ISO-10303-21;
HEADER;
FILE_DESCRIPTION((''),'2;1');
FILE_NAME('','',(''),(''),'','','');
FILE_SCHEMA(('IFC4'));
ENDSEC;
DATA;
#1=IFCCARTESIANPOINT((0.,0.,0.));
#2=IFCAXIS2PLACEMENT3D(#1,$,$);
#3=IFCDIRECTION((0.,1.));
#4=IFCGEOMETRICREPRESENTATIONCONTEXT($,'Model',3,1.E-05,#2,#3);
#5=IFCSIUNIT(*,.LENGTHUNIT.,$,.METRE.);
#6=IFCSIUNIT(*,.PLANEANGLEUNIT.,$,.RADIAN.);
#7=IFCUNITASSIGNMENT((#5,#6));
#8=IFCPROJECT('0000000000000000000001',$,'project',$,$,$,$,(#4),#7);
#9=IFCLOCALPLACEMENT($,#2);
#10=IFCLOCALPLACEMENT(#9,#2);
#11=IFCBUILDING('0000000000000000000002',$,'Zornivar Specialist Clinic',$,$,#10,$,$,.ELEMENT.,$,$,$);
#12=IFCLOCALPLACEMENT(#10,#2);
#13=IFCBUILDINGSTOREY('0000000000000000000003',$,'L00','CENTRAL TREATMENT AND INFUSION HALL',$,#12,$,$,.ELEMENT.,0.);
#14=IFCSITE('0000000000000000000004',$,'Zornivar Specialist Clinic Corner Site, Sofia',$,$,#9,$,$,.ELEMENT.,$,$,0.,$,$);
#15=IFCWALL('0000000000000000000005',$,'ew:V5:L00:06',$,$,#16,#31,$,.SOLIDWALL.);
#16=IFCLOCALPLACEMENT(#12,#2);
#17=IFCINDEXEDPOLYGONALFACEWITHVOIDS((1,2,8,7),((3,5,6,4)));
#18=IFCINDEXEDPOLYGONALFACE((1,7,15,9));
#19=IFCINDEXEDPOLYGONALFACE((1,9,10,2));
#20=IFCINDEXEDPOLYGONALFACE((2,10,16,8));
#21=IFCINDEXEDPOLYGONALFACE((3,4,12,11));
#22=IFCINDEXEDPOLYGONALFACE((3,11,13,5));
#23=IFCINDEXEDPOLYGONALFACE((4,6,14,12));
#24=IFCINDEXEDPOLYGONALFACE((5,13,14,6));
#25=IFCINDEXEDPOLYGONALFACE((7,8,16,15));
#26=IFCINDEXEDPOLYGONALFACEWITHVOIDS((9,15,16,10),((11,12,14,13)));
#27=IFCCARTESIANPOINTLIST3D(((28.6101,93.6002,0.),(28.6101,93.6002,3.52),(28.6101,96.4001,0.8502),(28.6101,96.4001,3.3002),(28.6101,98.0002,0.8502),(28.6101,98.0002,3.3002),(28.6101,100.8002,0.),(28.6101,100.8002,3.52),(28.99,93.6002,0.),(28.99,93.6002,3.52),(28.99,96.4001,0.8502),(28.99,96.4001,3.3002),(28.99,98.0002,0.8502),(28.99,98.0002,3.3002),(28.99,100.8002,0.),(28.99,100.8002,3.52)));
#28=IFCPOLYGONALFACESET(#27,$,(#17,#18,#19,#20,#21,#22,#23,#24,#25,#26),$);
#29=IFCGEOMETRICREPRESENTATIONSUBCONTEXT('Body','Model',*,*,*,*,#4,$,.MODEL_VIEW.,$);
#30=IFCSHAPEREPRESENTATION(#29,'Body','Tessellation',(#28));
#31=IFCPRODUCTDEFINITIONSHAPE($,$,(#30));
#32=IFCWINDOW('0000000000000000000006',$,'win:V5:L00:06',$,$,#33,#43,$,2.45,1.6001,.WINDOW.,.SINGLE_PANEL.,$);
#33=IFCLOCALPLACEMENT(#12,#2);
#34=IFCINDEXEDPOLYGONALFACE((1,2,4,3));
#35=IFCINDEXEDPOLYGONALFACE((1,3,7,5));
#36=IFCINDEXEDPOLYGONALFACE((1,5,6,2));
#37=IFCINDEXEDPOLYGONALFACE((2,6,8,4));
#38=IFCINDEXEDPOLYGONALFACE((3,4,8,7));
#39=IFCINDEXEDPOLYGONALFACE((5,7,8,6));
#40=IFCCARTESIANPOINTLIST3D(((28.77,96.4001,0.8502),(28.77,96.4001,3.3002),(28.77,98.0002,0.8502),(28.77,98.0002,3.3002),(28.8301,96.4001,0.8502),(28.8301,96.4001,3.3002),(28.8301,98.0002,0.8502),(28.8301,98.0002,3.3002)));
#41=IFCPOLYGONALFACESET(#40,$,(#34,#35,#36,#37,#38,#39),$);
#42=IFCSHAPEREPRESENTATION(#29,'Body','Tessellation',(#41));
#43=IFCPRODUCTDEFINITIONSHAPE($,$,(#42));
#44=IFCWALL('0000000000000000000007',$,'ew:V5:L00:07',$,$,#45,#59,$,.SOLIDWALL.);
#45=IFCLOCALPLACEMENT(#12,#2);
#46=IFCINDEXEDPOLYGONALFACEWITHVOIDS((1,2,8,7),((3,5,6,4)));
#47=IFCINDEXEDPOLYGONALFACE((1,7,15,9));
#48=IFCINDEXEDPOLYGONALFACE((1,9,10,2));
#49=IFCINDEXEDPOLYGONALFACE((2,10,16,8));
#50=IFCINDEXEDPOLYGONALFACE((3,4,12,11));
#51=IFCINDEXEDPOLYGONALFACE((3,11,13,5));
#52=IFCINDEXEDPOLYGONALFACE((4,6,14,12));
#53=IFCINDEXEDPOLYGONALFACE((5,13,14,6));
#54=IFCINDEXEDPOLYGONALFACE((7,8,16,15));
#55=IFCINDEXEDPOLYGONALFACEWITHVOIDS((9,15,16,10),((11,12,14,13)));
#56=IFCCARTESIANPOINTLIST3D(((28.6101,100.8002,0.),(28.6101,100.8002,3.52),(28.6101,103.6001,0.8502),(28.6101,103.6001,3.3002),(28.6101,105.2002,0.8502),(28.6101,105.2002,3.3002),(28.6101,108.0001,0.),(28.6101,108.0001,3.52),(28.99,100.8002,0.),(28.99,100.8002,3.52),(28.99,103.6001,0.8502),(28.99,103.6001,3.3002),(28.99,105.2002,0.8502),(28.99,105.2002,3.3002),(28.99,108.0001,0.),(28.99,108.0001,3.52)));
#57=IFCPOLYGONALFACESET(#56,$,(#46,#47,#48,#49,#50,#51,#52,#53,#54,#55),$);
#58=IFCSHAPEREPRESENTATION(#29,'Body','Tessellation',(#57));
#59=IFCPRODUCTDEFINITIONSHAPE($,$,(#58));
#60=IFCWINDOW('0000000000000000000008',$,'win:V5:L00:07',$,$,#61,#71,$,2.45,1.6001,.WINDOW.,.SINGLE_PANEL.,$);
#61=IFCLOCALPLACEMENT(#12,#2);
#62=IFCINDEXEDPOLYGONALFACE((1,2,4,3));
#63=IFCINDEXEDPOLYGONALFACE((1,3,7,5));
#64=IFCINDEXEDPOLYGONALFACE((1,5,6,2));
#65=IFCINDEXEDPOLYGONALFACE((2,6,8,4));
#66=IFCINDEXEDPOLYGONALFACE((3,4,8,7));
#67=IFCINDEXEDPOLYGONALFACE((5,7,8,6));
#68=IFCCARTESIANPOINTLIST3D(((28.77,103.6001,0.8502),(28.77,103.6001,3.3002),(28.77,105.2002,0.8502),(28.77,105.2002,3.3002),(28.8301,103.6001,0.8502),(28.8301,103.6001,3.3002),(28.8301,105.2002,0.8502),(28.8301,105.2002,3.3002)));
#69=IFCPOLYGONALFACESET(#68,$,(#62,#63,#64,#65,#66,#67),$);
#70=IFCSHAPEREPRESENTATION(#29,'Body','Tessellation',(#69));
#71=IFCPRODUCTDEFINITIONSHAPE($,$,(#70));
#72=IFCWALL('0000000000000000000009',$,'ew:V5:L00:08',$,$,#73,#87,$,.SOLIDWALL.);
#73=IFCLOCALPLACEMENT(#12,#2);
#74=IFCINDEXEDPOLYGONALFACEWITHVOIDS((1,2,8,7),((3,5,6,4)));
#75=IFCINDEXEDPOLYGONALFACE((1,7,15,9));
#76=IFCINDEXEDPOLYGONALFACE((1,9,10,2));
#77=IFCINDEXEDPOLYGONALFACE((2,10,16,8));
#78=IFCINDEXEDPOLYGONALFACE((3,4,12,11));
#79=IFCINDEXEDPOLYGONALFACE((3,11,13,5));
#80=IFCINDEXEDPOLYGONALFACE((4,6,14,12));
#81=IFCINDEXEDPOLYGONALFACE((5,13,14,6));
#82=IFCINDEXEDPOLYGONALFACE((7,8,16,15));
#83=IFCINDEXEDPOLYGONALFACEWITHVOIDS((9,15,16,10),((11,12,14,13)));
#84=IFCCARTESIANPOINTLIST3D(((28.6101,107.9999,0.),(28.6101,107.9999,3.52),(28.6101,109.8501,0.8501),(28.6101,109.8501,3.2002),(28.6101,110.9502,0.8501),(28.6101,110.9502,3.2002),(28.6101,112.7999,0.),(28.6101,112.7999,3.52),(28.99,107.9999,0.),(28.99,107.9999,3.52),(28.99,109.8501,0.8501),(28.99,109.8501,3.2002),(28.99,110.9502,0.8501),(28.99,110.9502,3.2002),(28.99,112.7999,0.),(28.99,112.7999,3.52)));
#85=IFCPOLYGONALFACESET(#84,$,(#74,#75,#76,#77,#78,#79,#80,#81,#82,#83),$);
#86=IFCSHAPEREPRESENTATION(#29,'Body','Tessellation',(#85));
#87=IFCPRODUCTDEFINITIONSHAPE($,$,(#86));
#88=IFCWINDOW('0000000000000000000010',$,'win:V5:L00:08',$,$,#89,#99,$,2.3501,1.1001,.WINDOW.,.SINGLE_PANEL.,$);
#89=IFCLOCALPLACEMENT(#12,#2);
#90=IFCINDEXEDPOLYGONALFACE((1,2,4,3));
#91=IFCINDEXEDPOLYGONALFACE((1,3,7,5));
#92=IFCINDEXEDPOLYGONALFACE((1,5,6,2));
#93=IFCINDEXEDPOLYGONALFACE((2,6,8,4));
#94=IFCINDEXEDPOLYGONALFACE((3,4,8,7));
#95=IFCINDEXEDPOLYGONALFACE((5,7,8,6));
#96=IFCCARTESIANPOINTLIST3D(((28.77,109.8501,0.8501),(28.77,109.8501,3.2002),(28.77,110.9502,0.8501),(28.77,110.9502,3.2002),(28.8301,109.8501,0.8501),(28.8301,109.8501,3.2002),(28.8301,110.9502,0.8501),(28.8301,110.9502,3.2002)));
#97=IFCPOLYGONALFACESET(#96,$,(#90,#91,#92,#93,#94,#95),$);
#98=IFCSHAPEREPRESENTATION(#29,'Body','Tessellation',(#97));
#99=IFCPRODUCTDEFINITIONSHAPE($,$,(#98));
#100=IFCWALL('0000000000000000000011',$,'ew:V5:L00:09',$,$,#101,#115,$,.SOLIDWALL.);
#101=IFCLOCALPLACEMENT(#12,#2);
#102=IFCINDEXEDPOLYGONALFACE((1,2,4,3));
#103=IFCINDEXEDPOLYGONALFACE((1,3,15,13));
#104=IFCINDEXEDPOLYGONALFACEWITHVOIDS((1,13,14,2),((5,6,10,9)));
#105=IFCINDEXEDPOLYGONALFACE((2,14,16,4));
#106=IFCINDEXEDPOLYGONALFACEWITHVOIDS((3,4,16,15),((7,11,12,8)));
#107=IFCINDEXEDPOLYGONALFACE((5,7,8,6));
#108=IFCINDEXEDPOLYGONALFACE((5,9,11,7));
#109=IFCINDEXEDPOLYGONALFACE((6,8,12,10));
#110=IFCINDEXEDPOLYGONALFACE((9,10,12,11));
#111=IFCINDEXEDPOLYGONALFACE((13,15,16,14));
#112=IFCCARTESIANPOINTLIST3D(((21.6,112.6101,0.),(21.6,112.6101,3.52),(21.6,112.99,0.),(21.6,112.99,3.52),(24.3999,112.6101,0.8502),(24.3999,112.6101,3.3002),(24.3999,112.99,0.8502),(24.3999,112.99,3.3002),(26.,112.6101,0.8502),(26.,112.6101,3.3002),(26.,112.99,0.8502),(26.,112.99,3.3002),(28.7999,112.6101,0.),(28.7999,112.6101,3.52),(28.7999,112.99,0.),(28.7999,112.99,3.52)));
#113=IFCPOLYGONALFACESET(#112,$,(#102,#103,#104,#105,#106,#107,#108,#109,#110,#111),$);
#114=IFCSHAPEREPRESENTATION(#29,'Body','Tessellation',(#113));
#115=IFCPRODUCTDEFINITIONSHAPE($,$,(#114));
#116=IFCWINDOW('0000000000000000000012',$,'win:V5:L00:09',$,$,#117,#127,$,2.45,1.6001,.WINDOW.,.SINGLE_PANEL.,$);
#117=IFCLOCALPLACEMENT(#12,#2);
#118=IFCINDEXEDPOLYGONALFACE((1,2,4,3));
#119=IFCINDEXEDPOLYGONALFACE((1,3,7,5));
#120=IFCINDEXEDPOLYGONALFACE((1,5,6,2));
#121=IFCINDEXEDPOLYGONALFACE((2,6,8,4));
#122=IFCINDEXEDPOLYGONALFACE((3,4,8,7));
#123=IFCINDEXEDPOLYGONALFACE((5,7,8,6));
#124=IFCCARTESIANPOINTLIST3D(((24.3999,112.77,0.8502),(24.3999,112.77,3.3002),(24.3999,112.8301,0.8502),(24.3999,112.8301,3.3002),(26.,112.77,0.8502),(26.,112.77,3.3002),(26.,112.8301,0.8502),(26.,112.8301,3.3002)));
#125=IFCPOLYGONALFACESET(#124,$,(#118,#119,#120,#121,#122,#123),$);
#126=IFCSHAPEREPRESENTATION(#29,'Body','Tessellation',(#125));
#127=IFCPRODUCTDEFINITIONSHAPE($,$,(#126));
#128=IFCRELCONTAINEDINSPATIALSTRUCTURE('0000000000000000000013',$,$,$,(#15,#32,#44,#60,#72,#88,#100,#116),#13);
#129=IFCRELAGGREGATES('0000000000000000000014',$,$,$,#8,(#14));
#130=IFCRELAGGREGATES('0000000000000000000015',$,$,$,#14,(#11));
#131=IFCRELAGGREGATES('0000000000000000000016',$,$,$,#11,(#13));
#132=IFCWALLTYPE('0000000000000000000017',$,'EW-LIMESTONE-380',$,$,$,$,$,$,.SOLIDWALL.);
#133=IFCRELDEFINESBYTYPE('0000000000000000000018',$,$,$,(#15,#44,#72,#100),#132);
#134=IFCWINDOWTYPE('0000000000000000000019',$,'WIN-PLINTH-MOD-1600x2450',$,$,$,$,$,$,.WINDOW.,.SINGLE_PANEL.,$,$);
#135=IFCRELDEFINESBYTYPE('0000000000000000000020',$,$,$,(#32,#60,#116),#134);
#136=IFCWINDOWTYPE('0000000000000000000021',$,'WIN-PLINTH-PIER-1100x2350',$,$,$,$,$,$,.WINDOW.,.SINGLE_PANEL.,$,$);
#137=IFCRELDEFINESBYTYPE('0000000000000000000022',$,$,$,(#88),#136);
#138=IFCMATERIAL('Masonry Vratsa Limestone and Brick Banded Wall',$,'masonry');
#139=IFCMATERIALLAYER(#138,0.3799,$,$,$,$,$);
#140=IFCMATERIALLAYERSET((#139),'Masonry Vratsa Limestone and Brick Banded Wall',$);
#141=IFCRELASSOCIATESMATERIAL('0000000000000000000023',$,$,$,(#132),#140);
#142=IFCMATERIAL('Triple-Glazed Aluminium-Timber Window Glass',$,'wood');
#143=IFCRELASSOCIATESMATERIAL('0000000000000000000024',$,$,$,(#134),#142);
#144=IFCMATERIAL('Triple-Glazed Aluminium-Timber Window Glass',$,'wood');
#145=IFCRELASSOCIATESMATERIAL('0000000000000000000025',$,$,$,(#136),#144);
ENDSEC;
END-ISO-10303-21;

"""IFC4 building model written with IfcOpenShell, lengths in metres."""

from ifc_helpers import new_model, si_unit, direction, frame, frame_2d, origin, place, context, subcontext, project, spatial, rectangle, extrude, material, layer, layer_set, type_object, element, fill, save


model = new_model("IFC4")

# Units and contexts
model_context = context("Model", 3, precision=1e-05, world=origin(), true_north=direction((0.0, 1.0)))
body_context = subcontext(model_context, "Body", "Model", "MODEL_VIEW")
ifc_project = project(units=[si_unit("LENGTHUNIT", "METRE"), si_unit("PLANEANGLEUNIT", "RADIAN")], contexts=[model_context])

# Site, building, storey
site_placement = place(None, origin())
site = spatial("IfcSite", under=ifc_project, at=site_placement, Name="Zornivar Specialist Clinic Corner Site, Sofia", CompositionType="ELEMENT", RefElevation=0.0)
building_placement = place(site_placement, origin())
building = spatial("IfcBuilding", under=site, at=building_placement, Name="Zornivar Specialist Clinic", CompositionType="ELEMENT")
storey_placement = place(building_placement, origin())
storey = spatial("IfcBuildingStorey", under=building, at=storey_placement, Name="L00", Description="CENTRAL TREATMENT AND INFUSION HALL", CompositionType="ELEMENT", Elevation=0.0)

# Walls, openings, windows
ifc_material_1 = material(Name="Masonry Vratsa Limestone and Brick Banded Wall", Category="masonry")
ifc_layer = layer(ifc_material_1, 0.3799)
ifc_layer_set = layer_set([ifc_layer], Name="Masonry Vratsa Limestone and Brick Banded Wall")
wall_type = type_object("IfcWallType", Name="EW-LIMESTONE-380", PredefinedType="SOLIDWALL", material=ifc_layer_set)
wall_1_placement = place(storey_placement, frame((28.8, 93.6001, 0.0), z_axis=(0.0, 0.0, 1.0), x_axis=(0.0, 1.0, 0.0)))
wall_1 = element("IfcWall", 1, at=wall_1_placement, inside=storey, type_object=wall_type, Name="ew:V5:L00:06", PredefinedType="SOLIDWALL", context=body_context, shape_type="SweptSolid", body=[
    extrude(rectangle(XDim=7.2, YDim=0.3799, at=frame_2d((3.6001, 0.0))), origin(), (0.0, 0.0, 1.0), 3.52),
])
opening_1_placement = place(wall_1_placement, frame((2.8, 0.0, 0.8501)))
opening_1 = element("IfcOpeningElement", 2, at=opening_1_placement, cuts=wall_1, PredefinedType="OPENING", context=body_context, shape_type="SweptSolid", body=[
    extrude(rectangle(XDim=1.6001, YDim=2.45, at=frame_2d((0.8, 1.2251))), frame((0.0, 0.2, 0.0), z_axis=(0.0, -1.0, 0.0), x_axis=(1.0, 0.0, 0.0)), (0.0, 0.0, 1.0), 0.3999),
])
ifc_material_2 = material(Name="Triple-Glazed Aluminium-Timber Window Glass", Category="wood")
window_type_1 = type_object("IfcWindowType", Name="WIN-PLINTH-MOD-1600x2450", PartitioningType="SINGLE_PANEL", PredefinedType="WINDOW", material=ifc_material_2)
window_1_placement = place(opening_1_placement, origin())
window_1 = element("IfcWindow", 3, at=window_1_placement, inside=storey, type_object=window_type_1, Name="win:V5:L00:06", OverallHeight=2.45, OverallWidth=1.6001, PartitioningType="SINGLE_PANEL", PredefinedType="WINDOW", context=body_context, shape_type="SweptSolid", body=[
    extrude(rectangle(XDim=1.6001, YDim=2.45, at=frame_2d((0.8, 1.2251))), frame((0.0, 0.03, 0.0), z_axis=(0.0, -1.0, 0.0), x_axis=(1.0, 0.0, 0.0)), (0.0, 0.0, 1.0), 0.0601),
])
fill(opening_1, window_1)
wall_2_placement = place(storey_placement, frame((28.8, 100.8, 0.0), z_axis=(0.0, 0.0, 1.0), x_axis=(0.0, 1.0, 0.0)))
wall_2 = element("IfcWall", 4, at=wall_2_placement, inside=storey, type_object=wall_type, Name="ew:V5:L00:07", PredefinedType="SOLIDWALL", context=body_context, shape_type="SweptSolid", body=[
    extrude(rectangle(XDim=7.2, YDim=0.3799, at=frame_2d((3.6001, 0.0))), origin(), (0.0, 0.0, 1.0), 3.52),
])
opening_2_placement = place(wall_2_placement, frame((2.8, 0.0, 0.8501)))
opening_2 = element("IfcOpeningElement", 5, at=opening_2_placement, cuts=wall_2, PredefinedType="OPENING", context=body_context, shape_type="SweptSolid", body=[
    extrude(rectangle(XDim=1.6001, YDim=2.45, at=frame_2d((0.8, 1.2251))), frame((0.0, 0.2, 0.0), z_axis=(0.0, -1.0, 0.0), x_axis=(1.0, 0.0, 0.0)), (0.0, 0.0, 1.0), 0.3999),
])
window_2_placement = place(opening_2_placement, origin())
window_2 = element("IfcWindow", 6, at=window_2_placement, inside=storey, type_object=window_type_1, Name="win:V5:L00:07", OverallHeight=2.45, OverallWidth=1.6001, PartitioningType="SINGLE_PANEL", PredefinedType="WINDOW", context=body_context, shape_type="SweptSolid", body=[
    extrude(rectangle(XDim=1.6001, YDim=2.45, at=frame_2d((0.8, 1.2251))), frame((0.0, 0.03, 0.0), z_axis=(0.0, -1.0, 0.0), x_axis=(1.0, 0.0, 0.0)), (0.0, 0.0, 1.0), 0.0601),
])
fill(opening_2, window_2)
wall_3_placement = place(storey_placement, frame((28.8, 108.0, 0.0), z_axis=(0.0, 0.0, 1.0), x_axis=(0.0, 1.0, 0.0)))
wall_3 = element("IfcWall", 7, at=wall_3_placement, inside=storey, type_object=wall_type, Name="ew:V5:L00:08", PredefinedType="SOLIDWALL", context=body_context, shape_type="SweptSolid", body=[
    extrude(rectangle(XDim=4.8, YDim=0.3799, at=frame_2d((2.3999, 0.0))), origin(), (0.0, 0.0, 1.0), 3.52),
])
opening_3_placement = place(wall_3_placement, frame((1.8501, 0.0, 0.8501)))
opening_3 = element("IfcOpeningElement", 8, at=opening_3_placement, cuts=wall_3, PredefinedType="OPENING", context=body_context, shape_type="SweptSolid", body=[
    extrude(rectangle(XDim=1.1001, YDim=2.3501, at=frame_2d((0.55, 1.175))), frame((0.0, 0.2, 0.0), z_axis=(0.0, -1.0, 0.0), x_axis=(1.0, 0.0, 0.0)), (0.0, 0.0, 1.0), 0.3999),
])
ifc_material_3 = material(Name="Triple-Glazed Aluminium-Timber Window Glass", Category="wood")
window_type_2 = type_object("IfcWindowType", Name="WIN-PLINTH-PIER-1100x2350", PartitioningType="SINGLE_PANEL", PredefinedType="WINDOW", material=ifc_material_3)
window_3_placement = place(opening_3_placement, origin())
window_3 = element("IfcWindow", 9, at=window_3_placement, inside=storey, type_object=window_type_2, Name="win:V5:L00:08", OverallHeight=2.3501, OverallWidth=1.1001, PartitioningType="SINGLE_PANEL", PredefinedType="WINDOW", context=body_context, shape_type="SweptSolid", body=[
    extrude(rectangle(XDim=1.1001, YDim=2.3501, at=frame_2d((0.55, 1.175))), frame((0.0, 0.03, 0.0), z_axis=(0.0, -1.0, 0.0), x_axis=(1.0, 0.0, 0.0)), (0.0, 0.0, 1.0), 0.0601),
])
fill(opening_3, window_3)
wall_4_placement = place(storey_placement, frame((28.8, 112.8, 0.0), z_axis=(0.0, 0.0, 1.0), x_axis=(-1.0, 0.0, 0.0)))
wall_4 = element("IfcWall", 10, at=wall_4_placement, inside=storey, type_object=wall_type, Name="ew:V5:L00:09", PredefinedType="SOLIDWALL", context=body_context, shape_type="SweptSolid", body=[
    extrude(rectangle(XDim=7.2, YDim=0.3799, at=frame_2d((3.6001, 0.0))), origin(), (0.0, 0.0, 1.0), 3.52),
])
opening_4_placement = place(wall_4_placement, frame((2.8, 0.0, 0.8501)))
opening_4 = element("IfcOpeningElement", 11, at=opening_4_placement, cuts=wall_4, PredefinedType="OPENING", context=body_context, shape_type="SweptSolid", body=[
    extrude(rectangle(XDim=1.6001, YDim=2.45, at=frame_2d((0.8, 1.2251))), frame((0.0, 0.2, 0.0), z_axis=(0.0, -1.0, 0.0), x_axis=(1.0, 0.0, 0.0)), (0.0, 0.0, 1.0), 0.3999),
])
window_4_placement = place(opening_4_placement, origin())
window_4 = element("IfcWindow", 12, at=window_4_placement, inside=storey, type_object=window_type_1, Name="win:V5:L00:09", OverallHeight=2.45, OverallWidth=1.6001, PartitioningType="SINGLE_PANEL", PredefinedType="WINDOW", context=body_context, shape_type="SweptSolid", body=[
    extrude(rectangle(XDim=1.6001, YDim=2.45, at=frame_2d((0.8, 1.2251))), frame((0.0, 0.03, 0.0), z_axis=(0.0, -1.0, 0.0), x_axis=(1.0, 0.0, 0.0)), (0.0, 0.0, 1.0), 0.0601),
])
fill(opening_4, window_4)

save(model, "model.ifc")
